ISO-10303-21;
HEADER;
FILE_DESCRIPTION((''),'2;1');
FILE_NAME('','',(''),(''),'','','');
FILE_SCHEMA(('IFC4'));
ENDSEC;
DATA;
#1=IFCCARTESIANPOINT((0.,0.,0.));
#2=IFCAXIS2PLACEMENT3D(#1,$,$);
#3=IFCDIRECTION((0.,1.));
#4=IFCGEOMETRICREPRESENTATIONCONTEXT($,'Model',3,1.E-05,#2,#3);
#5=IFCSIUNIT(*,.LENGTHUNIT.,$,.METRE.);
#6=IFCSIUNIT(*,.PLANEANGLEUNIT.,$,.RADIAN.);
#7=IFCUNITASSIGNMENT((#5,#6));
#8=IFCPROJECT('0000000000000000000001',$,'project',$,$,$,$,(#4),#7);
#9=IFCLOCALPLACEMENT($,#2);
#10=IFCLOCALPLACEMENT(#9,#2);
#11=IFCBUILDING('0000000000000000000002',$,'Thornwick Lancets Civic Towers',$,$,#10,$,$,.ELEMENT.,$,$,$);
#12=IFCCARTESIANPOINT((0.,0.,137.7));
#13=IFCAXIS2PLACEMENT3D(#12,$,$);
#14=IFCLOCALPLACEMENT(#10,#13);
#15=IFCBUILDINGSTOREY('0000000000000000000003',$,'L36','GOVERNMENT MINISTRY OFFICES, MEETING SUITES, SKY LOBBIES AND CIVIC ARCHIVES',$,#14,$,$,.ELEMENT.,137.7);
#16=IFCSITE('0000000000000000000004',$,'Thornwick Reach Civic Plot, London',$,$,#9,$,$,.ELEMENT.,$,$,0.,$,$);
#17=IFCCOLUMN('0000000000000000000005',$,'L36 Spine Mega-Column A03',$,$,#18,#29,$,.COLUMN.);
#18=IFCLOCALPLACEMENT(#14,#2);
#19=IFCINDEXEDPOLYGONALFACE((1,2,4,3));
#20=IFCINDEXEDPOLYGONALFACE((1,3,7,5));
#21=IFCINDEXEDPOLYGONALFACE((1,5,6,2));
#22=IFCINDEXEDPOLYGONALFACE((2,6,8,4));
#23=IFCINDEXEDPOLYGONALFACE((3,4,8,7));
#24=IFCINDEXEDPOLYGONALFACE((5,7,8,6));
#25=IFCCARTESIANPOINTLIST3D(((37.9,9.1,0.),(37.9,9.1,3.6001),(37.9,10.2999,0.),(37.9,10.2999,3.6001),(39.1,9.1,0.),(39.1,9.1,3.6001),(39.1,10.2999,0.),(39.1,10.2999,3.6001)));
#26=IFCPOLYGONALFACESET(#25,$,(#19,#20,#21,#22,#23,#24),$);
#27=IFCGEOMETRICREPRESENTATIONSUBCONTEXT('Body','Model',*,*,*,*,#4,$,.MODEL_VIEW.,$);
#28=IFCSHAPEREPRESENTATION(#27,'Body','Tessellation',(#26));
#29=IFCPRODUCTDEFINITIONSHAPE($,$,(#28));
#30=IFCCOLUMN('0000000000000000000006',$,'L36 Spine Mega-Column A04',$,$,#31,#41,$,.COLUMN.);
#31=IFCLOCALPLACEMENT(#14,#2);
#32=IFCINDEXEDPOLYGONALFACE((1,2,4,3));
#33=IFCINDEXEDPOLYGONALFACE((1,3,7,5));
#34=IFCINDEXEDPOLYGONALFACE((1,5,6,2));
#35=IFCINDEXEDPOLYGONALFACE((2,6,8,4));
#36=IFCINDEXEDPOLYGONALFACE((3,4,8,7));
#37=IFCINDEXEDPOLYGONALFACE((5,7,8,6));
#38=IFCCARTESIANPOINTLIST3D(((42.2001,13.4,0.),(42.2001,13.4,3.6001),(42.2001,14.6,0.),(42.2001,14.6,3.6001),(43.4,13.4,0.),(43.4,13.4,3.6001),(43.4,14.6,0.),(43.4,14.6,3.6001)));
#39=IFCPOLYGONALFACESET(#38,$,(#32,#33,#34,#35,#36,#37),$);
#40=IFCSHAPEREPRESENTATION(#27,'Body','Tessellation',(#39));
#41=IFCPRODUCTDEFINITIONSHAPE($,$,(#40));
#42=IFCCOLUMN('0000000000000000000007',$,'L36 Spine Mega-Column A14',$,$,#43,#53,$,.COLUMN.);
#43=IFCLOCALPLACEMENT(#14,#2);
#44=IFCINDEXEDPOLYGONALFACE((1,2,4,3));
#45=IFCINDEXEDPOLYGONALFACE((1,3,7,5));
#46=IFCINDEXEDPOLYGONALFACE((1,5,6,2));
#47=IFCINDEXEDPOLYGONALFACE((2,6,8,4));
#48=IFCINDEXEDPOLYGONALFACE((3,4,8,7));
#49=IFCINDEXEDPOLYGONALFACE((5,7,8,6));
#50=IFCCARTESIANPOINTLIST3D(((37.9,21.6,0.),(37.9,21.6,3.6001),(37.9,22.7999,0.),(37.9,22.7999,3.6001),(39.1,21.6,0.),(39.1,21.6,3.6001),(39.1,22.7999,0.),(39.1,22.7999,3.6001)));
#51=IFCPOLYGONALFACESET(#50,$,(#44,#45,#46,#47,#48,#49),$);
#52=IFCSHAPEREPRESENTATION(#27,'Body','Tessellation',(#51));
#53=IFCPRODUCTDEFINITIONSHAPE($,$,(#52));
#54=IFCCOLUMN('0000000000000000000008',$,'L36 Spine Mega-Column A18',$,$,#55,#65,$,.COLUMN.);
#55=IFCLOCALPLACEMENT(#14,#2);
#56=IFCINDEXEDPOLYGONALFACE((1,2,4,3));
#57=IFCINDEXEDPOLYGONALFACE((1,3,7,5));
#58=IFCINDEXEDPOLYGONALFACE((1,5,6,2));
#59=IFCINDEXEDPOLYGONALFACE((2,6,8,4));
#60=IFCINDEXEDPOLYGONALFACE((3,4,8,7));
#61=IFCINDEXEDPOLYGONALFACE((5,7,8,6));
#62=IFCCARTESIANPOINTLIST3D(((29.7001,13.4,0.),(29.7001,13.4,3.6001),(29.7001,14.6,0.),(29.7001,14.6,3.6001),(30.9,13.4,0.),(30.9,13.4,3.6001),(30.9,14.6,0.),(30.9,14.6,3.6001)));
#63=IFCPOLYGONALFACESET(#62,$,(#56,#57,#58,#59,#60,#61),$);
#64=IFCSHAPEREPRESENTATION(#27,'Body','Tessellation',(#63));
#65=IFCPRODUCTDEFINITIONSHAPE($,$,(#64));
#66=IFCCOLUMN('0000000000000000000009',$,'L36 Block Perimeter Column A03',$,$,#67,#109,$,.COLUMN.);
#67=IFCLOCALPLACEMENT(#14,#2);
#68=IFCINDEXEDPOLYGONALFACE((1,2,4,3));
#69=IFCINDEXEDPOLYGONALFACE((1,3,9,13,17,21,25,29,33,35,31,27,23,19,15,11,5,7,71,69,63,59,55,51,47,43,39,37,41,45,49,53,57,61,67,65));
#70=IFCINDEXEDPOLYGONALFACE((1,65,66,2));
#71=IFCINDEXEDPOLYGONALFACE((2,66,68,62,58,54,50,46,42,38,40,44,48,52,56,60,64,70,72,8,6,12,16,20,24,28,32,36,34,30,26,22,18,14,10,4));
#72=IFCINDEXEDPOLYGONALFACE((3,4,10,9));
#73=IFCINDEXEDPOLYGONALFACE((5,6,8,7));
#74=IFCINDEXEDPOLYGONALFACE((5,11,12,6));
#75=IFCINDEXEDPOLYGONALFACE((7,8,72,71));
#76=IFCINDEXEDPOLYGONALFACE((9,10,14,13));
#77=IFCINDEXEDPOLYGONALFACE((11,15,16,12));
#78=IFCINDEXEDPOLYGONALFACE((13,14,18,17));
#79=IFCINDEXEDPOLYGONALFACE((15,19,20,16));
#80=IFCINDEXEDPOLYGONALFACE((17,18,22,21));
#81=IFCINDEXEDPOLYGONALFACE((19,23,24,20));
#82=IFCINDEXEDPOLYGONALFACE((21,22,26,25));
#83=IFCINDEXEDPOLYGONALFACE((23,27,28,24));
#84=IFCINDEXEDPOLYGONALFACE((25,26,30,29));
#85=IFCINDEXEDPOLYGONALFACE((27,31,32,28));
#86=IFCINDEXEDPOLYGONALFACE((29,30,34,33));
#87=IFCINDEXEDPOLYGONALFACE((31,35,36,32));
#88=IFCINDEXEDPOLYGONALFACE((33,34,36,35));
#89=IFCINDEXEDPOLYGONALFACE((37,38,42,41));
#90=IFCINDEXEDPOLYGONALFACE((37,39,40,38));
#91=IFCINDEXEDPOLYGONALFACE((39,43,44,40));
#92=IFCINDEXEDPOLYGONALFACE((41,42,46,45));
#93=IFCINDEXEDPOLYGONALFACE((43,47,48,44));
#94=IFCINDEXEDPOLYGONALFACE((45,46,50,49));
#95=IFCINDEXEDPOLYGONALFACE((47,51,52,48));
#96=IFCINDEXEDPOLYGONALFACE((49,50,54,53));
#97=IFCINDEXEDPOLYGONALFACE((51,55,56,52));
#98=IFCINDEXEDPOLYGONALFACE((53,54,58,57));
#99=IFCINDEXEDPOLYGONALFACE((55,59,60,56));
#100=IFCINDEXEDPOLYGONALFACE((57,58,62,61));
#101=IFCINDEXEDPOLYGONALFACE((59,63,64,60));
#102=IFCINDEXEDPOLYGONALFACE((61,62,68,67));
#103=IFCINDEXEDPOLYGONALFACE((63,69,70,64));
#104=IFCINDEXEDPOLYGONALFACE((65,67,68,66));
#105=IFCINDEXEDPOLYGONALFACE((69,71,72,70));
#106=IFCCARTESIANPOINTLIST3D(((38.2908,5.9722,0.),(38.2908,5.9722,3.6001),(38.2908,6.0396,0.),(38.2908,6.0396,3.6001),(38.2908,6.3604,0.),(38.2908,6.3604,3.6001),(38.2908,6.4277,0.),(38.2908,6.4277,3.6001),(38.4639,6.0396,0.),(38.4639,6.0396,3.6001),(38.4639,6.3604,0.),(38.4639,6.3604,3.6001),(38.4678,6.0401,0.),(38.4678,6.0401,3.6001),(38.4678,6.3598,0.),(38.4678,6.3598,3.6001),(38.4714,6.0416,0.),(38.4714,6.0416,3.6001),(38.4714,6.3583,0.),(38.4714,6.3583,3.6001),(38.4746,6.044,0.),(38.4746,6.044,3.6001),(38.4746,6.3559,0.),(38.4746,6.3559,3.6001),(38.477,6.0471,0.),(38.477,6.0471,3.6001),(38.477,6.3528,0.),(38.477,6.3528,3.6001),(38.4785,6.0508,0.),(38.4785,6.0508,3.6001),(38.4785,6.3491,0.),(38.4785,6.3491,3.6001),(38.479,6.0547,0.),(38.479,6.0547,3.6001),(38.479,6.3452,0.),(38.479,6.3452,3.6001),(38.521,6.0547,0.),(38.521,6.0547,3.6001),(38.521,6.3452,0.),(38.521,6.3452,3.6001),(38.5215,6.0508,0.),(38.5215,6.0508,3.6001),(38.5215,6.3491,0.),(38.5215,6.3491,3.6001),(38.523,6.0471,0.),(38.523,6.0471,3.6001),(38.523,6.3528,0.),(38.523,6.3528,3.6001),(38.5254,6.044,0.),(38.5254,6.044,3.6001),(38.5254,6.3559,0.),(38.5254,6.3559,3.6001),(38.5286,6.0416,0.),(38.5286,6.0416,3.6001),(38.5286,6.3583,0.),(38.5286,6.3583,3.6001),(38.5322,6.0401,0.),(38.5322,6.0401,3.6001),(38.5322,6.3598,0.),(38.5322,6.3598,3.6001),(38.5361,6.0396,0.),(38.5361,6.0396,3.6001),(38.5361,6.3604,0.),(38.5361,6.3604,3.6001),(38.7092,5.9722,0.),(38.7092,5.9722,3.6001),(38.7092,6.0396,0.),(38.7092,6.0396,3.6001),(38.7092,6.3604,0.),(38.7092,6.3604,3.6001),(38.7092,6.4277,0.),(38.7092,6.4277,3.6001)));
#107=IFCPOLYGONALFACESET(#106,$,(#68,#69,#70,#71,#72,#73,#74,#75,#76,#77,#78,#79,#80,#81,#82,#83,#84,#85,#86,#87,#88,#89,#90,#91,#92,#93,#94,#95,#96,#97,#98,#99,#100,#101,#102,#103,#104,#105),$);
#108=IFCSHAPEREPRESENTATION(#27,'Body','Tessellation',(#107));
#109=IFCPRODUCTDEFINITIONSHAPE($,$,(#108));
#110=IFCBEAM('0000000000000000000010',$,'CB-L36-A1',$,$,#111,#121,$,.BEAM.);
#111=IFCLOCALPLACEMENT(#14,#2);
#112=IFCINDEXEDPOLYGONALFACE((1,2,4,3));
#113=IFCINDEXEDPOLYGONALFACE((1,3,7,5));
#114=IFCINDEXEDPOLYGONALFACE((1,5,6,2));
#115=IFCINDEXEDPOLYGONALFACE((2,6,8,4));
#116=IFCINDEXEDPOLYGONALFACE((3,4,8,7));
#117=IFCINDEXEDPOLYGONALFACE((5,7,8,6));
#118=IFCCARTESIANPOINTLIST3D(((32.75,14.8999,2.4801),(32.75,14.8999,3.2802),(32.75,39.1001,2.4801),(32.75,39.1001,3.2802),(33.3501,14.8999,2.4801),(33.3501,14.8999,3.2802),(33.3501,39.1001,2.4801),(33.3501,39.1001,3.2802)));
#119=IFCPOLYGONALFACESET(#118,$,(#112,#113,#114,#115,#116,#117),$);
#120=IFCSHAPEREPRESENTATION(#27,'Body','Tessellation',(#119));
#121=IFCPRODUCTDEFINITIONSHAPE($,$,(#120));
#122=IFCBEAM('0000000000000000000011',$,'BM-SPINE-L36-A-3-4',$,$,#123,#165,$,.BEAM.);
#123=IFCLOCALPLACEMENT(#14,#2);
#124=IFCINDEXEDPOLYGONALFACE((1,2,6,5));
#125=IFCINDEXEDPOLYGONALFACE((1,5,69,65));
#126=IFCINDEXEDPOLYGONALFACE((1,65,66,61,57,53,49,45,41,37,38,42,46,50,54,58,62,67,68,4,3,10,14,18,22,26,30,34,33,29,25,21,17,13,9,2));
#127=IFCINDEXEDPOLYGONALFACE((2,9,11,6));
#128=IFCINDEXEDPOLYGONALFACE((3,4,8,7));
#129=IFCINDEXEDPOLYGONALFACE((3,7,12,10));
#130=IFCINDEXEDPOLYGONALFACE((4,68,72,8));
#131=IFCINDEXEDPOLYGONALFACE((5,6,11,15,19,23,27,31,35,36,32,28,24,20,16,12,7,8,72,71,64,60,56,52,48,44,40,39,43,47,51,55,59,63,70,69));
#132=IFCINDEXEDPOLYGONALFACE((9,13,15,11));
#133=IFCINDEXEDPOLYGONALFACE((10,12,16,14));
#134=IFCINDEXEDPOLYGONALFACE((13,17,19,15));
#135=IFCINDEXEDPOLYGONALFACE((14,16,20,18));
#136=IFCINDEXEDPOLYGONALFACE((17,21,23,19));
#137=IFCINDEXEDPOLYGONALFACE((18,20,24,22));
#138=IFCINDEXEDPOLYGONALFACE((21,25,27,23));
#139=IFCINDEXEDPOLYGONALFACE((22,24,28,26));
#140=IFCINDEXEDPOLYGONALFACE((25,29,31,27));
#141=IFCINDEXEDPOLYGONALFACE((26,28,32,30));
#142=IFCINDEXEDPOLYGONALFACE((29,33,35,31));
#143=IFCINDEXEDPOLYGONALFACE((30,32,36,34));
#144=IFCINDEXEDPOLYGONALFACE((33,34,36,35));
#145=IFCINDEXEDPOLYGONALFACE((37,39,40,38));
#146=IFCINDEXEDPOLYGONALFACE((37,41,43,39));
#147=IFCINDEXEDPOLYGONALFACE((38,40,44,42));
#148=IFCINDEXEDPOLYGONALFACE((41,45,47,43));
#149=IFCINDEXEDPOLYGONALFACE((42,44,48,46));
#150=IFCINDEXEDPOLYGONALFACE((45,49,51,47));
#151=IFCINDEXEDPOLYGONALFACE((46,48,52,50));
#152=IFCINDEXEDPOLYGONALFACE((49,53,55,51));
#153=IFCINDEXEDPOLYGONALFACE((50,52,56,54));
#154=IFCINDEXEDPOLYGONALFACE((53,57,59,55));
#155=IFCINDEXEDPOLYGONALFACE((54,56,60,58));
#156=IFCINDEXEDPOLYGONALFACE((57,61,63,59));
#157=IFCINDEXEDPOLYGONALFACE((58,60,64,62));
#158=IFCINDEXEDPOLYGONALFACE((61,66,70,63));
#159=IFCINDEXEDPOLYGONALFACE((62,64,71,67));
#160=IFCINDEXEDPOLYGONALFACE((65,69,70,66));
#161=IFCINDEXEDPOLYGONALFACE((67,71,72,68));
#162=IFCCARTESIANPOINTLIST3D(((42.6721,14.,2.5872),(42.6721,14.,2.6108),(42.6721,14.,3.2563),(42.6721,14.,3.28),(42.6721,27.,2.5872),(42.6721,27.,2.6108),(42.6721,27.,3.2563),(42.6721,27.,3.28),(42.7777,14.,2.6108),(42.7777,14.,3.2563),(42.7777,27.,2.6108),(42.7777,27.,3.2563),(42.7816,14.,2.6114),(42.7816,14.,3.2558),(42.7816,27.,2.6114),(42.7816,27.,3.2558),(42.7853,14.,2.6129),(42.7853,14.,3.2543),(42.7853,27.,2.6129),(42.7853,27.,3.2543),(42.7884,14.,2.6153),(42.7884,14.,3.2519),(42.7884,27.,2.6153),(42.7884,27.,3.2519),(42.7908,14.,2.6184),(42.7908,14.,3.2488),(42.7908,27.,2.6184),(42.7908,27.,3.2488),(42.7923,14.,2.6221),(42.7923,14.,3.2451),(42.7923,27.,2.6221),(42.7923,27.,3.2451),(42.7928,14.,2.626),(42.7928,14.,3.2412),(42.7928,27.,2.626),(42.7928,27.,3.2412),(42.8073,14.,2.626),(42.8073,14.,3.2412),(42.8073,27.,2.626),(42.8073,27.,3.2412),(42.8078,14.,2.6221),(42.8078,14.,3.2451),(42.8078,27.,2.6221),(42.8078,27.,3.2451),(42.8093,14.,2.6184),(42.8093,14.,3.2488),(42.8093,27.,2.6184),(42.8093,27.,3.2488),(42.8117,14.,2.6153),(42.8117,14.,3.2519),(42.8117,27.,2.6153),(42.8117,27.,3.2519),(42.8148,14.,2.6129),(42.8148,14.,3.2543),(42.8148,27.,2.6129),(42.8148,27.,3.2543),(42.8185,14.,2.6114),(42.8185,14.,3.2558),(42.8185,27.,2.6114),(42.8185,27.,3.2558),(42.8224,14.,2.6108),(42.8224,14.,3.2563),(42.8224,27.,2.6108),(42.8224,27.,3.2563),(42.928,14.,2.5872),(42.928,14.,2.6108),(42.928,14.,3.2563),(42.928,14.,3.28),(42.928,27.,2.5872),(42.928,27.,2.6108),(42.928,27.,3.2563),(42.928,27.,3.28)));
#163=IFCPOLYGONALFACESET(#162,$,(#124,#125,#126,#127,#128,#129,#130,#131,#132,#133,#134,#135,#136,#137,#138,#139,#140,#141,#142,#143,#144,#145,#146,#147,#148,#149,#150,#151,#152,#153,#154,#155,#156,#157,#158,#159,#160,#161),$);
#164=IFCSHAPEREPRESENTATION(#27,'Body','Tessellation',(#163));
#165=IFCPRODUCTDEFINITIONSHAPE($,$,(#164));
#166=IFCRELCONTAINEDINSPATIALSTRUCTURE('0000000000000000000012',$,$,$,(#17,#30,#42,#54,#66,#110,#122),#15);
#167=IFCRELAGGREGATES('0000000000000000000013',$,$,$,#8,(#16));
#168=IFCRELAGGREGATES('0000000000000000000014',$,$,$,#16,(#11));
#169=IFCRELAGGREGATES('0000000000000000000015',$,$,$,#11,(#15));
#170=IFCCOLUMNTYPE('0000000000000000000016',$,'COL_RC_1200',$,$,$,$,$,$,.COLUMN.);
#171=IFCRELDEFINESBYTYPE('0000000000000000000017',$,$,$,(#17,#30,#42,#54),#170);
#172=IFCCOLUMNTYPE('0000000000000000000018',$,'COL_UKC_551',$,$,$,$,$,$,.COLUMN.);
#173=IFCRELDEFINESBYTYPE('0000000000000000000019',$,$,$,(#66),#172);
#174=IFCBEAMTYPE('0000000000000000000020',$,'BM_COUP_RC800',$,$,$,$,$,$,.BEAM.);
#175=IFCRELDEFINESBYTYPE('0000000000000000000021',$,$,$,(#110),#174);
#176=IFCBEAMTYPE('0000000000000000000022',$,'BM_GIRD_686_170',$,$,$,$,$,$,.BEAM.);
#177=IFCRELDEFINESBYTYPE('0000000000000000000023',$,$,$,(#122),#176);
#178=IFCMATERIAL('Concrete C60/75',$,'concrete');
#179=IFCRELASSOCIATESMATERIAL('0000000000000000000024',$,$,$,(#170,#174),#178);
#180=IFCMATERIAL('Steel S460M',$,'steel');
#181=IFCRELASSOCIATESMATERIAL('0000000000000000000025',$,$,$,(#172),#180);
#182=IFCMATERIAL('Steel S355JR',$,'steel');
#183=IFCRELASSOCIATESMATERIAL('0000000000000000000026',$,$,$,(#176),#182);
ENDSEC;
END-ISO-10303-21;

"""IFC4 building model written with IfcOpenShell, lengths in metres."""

from ifc_helpers import new_model, si_unit, direction, frame, origin, origin_2d, place, context, subcontext, project, spatial, rectangle, i_section, extrude, material, material_profile, profile_set, type_object, element, save


model = new_model("IFC4")

# Units and contexts
model_context = context("Model", 3, precision=1e-05, world=origin(), true_north=direction((0.0, 1.0)))
body_context = subcontext(model_context, "Body", "Model", "MODEL_VIEW")
ifc_project = project(units=[si_unit("LENGTHUNIT", "METRE"), si_unit("PLANEANGLEUNIT", "RADIAN")], contexts=[model_context])

# Site, building, storey
site_placement = place(None, origin())
site = spatial("IfcSite", under=ifc_project, at=site_placement, Name="Thornwick Reach Civic Plot, London", CompositionType="ELEMENT", RefElevation=0.0)
building_placement = place(site_placement, origin())
building = spatial("IfcBuilding", under=site, at=building_placement, Name="Thornwick Lancets Civic Towers", CompositionType="ELEMENT")
storey_placement = place(building_placement, frame((0.0, 0.0, 137.7)))
storey = spatial("IfcBuildingStorey", under=building, at=storey_placement, Name="L36", Description="GOVERNMENT MINISTRY OFFICES, MEETING SUITES, SKY LOBBIES AND CIVIC ARCHIVES", CompositionType="ELEMENT", Elevation=137.7)

# Columns
ifc_material_1 = material(Name="Concrete C60/75", Category="concrete")
ifc_material_profile_1 = material_profile(ifc_material_1, rectangle(XDim=1.2, YDim=1.2, at=origin_2d()), Name="RC 1200x1200")
ifc_profile_set_1 = profile_set([ifc_material_profile_1], Name="Concrete C60/75")
column_type_1 = type_object("IfcColumnType", Name="COL_RC_1200", PredefinedType="COLUMN", material=ifc_profile_set_1)
for number, where, z_axis, x_axis, name in (
    (1, (38.5, 9.7, 0.0), (0.0, 0.0, 1.0), (1.0, 0.0, 0.0), "L36 Spine Mega-Column A03"),
    (2, (42.8, 14.0, 0.0), (0.0, 0.0, 1.0), (1.0, 0.0, 0.0), "L36 Spine Mega-Column A04"),
    (3, (38.5, 22.2, 0.0), (0.0, 0.0, 1.0), (1.0, 0.0, 0.0), "L36 Spine Mega-Column A14"),
    (4, (30.3, 14.0, 0.0), (0.0, 0.0, 1.0), (1.0, 0.0, 0.0), "L36 Spine Mega-Column A18"),
):
    element("IfcColumn", number, at=place(storey_placement, frame(where, z_axis=z_axis, x_axis=x_axis)), inside=storey, type_object=column_type_1, Name=name, PredefinedType="COLUMN", context=body_context, shape_type="SweptSolid", body=[
        extrude(rectangle(XDim=1.2, YDim=1.2, at=origin_2d()), origin(), (0.0, 0.0, 1.0), 3.6001),
    ])
ifc_material_2 = material(Name="Steel S460M", Category="steel")
ifc_material_profile_2 = material_profile(ifc_material_2, i_section(OverallWidth=0.4185, OverallDepth=0.4556, WebThickness=0.042, FlangeThickness=0.0674, FilletRadius=0.0151, at=origin_2d()), Name="UKC 356x406x551")
ifc_profile_set_2 = profile_set([ifc_material_profile_2], Name="Steel S460M")
column_type_2 = type_object("IfcColumnType", Name="COL_UKC_551", PredefinedType="COLUMN", material=ifc_profile_set_2)
column_placement = place(storey_placement, frame((38.5, 6.2, 0.0), z_axis=(0.0, 0.0, 1.0), x_axis=(1.0, 0.0, 0.0)))
element("IfcColumn", 5, at=column_placement, inside=storey, type_object=column_type_2, Name="L36 Block Perimeter Column A03", PredefinedType="COLUMN", context=body_context, shape_type="SweptSolid", body=[
    extrude(i_section(OverallWidth=0.4185, OverallDepth=0.4556, WebThickness=0.042, FlangeThickness=0.0674, FilletRadius=0.0151, at=origin_2d()), origin(), (0.0, 0.0, 1.0), 3.6001),
])

# Beams
ifc_material_profile_3 = material_profile(ifc_material_1, rectangle(XDim=0.6001, YDim=0.8, at=origin_2d()), Name="RC 600x800")
ifc_profile_set_3 = profile_set([ifc_material_profile_3], Name="Concrete C60/75")
beam_type_1 = type_object("IfcBeamType", Name="BM_COUP_RC800", PredefinedType="BEAM", material=ifc_profile_set_3)
beam_1_placement = place(storey_placement, frame((33.05, 14.8999, 2.8801), z_axis=(0.0, 1.0, 0.0), x_axis=(-1.0, 0.0, 0.0)))
element("IfcBeam", 6, at=beam_1_placement, inside=storey, type_object=beam_type_1, Name="CB-L36-A1", PredefinedType="BEAM", context=body_context, shape_type="SweptSolid", body=[
    extrude(rectangle(XDim=0.6001, YDim=0.8, at=origin_2d()), origin(), (0.0, 0.0, 1.0), 24.2002),
])
ifc_material_3 = material(Name="Steel S355JR", Category="steel")
ifc_material_profile_4 = material_profile(ifc_material_3, i_section(OverallWidth=0.2559, OverallDepth=0.6929, WebThickness=0.0144, FlangeThickness=0.0237, FilletRadius=0.0151, at=origin_2d()), Name="UKB 686x254x170")
ifc_profile_set_4 = profile_set([ifc_material_profile_4], Name="Steel S355JR")
beam_type_2 = type_object("IfcBeamType", Name="BM_GIRD_686_170", PredefinedType="BEAM", material=ifc_profile_set_4)
beam_2_placement = place(storey_placement, frame((42.8, 14.0, 2.9336), z_axis=(0.0, 1.0, 0.0), x_axis=(-1.0, 0.0, 0.0)))
element("IfcBeam", 7, at=beam_2_placement, inside=storey, type_object=beam_type_2, Name="BM-SPINE-L36-A-3-4", PredefinedType="BEAM", context=body_context, shape_type="SweptSolid", body=[
    extrude(i_section(OverallWidth=0.2559, OverallDepth=0.6929, WebThickness=0.0144, FlangeThickness=0.0237, FilletRadius=0.0151, at=origin_2d()), origin(), (0.0, 0.0, 1.0), 13.0),
])

save(model, "model.ifc")
